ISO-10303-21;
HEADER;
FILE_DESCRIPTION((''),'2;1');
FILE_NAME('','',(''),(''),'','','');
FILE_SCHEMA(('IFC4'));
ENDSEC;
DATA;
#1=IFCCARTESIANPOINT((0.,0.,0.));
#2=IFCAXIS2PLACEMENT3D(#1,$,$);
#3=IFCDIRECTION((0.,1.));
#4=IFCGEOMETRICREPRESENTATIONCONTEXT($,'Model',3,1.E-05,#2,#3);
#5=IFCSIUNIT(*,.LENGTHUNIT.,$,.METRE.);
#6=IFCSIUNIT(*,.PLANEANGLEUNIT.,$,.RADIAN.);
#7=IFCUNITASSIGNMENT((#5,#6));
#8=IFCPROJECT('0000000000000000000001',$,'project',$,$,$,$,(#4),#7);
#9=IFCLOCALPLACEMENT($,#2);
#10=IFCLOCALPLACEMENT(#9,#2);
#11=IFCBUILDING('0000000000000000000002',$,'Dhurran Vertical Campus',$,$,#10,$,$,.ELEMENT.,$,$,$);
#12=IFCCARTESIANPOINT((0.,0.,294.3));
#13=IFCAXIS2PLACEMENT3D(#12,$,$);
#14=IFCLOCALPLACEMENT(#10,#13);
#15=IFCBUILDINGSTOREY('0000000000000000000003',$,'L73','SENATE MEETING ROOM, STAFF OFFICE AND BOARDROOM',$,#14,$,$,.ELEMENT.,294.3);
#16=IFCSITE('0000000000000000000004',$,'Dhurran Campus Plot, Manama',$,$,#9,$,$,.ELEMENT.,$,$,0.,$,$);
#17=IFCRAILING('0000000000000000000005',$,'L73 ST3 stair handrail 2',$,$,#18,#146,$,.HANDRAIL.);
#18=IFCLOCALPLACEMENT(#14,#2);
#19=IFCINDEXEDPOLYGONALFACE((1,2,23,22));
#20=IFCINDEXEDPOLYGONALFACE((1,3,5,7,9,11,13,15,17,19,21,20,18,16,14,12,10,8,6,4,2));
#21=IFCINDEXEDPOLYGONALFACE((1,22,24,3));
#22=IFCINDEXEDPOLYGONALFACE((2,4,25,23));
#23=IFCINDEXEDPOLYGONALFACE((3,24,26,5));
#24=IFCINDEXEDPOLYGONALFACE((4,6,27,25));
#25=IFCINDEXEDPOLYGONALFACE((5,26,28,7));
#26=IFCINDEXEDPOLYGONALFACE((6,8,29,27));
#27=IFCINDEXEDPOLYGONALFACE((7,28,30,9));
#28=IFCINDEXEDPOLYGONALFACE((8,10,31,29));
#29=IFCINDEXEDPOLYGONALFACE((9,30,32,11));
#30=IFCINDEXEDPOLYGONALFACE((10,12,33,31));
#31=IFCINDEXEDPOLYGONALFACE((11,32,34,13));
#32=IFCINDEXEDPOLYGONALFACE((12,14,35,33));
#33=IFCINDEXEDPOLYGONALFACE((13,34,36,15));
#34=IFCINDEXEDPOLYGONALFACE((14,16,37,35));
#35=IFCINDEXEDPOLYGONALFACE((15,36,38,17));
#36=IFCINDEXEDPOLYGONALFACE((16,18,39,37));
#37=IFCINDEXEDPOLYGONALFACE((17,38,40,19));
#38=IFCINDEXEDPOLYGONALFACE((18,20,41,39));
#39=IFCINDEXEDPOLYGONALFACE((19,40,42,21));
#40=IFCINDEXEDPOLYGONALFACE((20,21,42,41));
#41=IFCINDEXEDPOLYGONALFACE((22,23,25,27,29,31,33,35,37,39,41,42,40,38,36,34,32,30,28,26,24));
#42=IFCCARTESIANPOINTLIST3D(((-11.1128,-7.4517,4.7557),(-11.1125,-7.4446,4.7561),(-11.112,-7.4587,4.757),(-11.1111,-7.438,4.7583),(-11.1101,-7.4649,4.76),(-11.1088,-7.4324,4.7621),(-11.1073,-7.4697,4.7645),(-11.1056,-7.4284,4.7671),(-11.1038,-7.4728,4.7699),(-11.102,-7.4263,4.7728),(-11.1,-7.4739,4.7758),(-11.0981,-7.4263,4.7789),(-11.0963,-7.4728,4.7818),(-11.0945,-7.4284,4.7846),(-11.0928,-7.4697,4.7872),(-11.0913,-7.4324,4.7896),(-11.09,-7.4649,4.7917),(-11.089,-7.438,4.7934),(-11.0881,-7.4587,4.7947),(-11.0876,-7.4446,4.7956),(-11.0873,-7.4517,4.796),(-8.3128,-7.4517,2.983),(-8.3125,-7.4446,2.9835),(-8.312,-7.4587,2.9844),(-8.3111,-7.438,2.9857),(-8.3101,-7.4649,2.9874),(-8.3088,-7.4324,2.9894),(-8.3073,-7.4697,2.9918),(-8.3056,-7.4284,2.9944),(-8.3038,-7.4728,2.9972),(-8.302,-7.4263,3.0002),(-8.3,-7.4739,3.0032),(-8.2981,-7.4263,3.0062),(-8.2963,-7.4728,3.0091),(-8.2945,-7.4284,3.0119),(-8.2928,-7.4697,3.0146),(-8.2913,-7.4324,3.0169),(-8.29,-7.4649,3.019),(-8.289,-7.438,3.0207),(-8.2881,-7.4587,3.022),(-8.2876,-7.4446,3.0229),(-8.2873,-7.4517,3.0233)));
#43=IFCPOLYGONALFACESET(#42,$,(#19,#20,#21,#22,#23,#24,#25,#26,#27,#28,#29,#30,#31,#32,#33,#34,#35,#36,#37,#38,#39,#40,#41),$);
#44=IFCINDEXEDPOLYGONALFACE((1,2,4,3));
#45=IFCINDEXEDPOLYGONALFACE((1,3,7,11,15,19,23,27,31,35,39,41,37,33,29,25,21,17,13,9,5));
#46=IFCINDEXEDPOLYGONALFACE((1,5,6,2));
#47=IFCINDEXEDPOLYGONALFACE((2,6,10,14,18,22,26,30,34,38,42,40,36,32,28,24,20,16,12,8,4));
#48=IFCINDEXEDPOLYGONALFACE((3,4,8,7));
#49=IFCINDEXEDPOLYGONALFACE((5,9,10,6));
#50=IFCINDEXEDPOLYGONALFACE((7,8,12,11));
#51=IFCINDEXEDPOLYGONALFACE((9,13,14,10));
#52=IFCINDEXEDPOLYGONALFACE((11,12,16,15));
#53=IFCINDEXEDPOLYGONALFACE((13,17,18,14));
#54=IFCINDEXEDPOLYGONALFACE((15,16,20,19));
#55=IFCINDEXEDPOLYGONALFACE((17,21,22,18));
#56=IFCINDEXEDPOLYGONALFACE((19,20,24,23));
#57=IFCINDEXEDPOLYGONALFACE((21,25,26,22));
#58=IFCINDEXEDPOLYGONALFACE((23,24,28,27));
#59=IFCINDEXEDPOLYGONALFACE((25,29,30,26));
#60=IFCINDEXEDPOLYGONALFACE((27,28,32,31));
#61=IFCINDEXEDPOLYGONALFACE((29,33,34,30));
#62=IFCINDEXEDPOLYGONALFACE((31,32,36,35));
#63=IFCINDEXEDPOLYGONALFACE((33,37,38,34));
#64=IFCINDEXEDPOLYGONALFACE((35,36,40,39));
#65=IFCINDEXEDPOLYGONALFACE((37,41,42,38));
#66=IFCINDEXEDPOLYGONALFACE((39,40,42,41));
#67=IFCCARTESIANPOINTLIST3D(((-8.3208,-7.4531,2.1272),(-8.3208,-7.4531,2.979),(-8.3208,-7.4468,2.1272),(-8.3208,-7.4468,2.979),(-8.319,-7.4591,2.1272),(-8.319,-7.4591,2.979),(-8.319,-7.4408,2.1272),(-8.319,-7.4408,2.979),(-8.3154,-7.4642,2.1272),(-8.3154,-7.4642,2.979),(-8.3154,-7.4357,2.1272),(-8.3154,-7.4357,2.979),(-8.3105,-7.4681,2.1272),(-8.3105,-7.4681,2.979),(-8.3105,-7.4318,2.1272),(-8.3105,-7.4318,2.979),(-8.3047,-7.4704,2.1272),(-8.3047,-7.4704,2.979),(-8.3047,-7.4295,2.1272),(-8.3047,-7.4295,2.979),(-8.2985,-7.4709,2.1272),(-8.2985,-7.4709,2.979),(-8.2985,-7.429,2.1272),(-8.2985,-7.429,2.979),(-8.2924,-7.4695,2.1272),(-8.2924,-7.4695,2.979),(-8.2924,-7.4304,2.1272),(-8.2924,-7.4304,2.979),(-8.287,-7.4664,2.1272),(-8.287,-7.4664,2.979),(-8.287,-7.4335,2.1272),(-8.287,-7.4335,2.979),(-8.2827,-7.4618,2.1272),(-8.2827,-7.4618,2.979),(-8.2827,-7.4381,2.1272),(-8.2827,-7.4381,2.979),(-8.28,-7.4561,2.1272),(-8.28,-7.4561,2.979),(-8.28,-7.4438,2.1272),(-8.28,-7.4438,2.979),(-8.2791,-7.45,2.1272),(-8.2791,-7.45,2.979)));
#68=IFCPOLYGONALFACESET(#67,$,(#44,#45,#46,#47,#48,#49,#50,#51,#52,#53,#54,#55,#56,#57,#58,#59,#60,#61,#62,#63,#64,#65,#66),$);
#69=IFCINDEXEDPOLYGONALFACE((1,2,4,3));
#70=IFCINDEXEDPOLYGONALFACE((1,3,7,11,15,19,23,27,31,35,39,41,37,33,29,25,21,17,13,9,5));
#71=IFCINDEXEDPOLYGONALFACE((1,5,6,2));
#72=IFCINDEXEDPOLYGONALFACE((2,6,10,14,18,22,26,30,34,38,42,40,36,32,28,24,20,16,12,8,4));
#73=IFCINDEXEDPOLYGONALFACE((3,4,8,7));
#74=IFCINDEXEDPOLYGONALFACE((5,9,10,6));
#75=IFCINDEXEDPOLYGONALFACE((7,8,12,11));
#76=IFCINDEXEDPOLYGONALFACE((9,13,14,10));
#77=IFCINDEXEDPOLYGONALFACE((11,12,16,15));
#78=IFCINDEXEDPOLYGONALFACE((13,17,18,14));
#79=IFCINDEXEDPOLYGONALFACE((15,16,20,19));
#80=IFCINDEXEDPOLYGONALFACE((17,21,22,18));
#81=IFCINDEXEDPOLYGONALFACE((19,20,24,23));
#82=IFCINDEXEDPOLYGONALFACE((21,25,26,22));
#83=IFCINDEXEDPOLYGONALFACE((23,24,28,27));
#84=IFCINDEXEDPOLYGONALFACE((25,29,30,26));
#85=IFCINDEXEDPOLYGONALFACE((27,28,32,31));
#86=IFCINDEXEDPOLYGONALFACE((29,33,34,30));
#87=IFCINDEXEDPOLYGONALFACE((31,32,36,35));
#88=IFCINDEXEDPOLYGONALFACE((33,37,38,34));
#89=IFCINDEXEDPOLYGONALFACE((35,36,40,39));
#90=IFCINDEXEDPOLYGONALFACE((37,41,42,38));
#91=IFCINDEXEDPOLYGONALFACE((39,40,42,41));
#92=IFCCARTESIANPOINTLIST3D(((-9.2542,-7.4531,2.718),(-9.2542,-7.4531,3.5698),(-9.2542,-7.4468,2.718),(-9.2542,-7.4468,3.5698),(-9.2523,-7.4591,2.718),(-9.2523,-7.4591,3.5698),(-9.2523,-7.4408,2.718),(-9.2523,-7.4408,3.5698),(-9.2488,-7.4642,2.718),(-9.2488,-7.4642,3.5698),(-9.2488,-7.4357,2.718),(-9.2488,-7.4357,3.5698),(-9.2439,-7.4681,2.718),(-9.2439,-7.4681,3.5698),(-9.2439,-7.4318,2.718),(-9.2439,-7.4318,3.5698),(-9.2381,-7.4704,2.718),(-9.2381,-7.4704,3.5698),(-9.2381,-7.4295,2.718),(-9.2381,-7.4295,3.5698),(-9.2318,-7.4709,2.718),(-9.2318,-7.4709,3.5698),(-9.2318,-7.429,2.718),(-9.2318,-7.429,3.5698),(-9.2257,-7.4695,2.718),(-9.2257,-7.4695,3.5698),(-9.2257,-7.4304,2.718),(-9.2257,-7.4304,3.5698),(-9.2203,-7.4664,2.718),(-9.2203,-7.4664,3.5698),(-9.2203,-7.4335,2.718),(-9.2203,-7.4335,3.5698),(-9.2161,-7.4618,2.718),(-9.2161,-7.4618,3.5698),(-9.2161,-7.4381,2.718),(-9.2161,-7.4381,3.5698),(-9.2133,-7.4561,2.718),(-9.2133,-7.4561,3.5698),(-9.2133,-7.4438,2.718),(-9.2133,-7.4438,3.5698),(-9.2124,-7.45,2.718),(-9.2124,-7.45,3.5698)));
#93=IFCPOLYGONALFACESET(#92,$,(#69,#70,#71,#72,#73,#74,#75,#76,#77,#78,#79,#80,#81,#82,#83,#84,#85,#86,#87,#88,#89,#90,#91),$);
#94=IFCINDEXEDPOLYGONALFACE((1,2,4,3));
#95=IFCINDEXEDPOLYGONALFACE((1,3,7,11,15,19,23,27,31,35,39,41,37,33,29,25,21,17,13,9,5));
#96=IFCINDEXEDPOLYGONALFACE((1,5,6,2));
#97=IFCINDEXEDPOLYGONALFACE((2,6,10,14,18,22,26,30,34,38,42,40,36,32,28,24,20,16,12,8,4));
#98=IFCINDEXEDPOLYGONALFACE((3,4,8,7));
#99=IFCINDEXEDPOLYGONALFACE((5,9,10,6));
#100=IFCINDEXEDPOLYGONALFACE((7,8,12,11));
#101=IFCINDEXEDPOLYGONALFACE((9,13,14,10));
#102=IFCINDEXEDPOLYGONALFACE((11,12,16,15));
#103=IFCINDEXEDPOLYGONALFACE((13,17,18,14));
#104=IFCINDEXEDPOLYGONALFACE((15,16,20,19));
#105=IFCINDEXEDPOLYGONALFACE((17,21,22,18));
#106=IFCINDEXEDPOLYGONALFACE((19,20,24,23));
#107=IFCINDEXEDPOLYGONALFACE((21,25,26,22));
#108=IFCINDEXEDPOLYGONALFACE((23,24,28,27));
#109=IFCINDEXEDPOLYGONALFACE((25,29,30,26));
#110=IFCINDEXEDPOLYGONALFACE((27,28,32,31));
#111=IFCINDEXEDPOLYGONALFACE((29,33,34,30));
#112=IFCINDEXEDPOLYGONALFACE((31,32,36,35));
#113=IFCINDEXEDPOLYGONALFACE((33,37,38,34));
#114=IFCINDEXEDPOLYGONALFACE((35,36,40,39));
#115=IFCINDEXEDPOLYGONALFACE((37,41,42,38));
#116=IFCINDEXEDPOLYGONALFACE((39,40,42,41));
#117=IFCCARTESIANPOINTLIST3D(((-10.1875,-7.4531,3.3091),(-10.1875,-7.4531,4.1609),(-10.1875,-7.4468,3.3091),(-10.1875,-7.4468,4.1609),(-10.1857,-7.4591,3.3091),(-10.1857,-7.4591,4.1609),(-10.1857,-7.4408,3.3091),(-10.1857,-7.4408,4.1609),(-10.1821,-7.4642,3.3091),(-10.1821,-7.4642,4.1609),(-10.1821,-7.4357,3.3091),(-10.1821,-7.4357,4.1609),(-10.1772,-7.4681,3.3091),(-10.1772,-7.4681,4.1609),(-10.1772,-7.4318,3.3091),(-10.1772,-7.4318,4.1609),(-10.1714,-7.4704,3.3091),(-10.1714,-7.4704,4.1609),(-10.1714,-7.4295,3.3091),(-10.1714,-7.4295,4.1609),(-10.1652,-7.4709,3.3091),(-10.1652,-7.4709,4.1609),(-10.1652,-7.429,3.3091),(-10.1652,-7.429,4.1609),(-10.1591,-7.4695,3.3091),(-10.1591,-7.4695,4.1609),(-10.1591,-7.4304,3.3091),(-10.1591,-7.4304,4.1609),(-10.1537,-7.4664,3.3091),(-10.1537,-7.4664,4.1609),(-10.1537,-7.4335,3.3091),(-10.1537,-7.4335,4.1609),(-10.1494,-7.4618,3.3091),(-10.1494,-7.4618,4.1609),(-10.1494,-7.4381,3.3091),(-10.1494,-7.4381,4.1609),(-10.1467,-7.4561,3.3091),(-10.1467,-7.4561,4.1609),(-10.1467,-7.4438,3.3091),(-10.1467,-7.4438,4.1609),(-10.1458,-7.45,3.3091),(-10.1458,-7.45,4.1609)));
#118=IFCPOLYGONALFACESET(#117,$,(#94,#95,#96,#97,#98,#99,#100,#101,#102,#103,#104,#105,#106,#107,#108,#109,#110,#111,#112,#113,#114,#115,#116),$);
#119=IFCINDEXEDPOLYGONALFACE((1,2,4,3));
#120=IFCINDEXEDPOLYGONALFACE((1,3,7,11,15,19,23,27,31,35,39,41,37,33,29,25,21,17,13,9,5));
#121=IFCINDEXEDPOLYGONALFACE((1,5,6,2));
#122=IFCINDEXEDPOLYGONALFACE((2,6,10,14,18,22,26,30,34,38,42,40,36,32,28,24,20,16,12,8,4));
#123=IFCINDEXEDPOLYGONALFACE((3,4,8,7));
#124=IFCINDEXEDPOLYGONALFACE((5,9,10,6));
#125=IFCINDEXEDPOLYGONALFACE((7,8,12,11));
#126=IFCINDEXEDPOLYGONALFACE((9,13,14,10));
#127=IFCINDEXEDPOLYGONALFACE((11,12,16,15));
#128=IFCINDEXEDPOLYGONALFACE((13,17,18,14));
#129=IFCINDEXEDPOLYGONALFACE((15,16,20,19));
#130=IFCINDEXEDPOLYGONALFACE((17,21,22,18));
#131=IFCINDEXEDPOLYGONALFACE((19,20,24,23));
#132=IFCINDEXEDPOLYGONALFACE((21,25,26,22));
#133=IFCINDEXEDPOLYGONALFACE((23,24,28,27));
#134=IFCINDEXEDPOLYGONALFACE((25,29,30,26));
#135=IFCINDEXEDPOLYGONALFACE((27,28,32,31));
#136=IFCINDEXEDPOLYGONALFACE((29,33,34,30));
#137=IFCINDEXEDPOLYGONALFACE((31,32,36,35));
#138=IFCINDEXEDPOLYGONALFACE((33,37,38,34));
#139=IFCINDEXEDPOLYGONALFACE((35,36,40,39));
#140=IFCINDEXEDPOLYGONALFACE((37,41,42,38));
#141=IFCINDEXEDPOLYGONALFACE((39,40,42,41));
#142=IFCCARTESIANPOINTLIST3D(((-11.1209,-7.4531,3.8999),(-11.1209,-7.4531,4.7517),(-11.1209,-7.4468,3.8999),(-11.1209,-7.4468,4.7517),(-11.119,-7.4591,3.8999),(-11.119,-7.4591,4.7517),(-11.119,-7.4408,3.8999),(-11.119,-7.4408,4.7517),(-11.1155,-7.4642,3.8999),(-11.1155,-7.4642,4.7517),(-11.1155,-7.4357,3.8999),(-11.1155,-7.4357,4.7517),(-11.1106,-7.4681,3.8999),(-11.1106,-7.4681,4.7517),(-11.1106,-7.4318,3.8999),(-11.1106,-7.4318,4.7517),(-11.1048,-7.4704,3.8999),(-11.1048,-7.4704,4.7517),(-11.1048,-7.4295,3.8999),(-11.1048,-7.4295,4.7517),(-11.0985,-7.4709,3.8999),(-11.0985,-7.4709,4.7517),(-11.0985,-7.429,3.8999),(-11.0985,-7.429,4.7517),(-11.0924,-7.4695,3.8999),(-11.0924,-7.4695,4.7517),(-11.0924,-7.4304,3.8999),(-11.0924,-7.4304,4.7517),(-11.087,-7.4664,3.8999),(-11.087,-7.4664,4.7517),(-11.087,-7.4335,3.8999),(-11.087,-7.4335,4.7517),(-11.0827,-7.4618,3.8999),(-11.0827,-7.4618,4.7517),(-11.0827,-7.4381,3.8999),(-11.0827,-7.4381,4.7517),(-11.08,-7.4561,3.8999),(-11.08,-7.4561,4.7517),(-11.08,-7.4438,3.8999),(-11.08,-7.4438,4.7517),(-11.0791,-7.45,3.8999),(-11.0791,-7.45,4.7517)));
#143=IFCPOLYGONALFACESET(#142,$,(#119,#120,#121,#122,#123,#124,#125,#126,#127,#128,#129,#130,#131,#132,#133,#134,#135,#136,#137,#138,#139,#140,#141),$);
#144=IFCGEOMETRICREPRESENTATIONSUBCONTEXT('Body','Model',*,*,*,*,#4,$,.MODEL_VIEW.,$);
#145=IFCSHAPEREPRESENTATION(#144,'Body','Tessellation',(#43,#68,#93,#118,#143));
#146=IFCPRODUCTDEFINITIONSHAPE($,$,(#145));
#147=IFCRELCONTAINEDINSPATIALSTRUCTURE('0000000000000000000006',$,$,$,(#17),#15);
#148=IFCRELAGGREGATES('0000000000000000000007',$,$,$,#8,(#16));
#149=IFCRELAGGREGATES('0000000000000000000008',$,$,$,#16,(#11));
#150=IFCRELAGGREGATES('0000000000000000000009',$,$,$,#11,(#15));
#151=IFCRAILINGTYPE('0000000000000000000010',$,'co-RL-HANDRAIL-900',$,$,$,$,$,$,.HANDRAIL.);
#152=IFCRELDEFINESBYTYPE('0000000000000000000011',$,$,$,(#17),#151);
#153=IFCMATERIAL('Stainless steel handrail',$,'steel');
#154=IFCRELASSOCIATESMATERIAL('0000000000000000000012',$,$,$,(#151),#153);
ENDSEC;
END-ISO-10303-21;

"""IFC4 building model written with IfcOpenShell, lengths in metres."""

from ifc_helpers import new_model, si_unit, direction, frame, origin, origin_2d, place, context, subcontext, project, spatial, circle, extrude, material, type_object, element, save


model = new_model("IFC4")

# Units and contexts
model_context = context("Model", 3, precision=1e-05, world=origin(), true_north=direction((0.0, 1.0)))
body_context = subcontext(model_context, "Body", "Model", "MODEL_VIEW")
ifc_project = project(units=[si_unit("LENGTHUNIT", "METRE"), si_unit("PLANEANGLEUNIT", "RADIAN")], contexts=[model_context])

# Site, building, storey
site_placement = place(None, origin())
site = spatial("IfcSite", under=ifc_project, at=site_placement, Name="Dhurran Campus Plot, Manama", CompositionType="ELEMENT", RefElevation=0.0)
building_placement = place(site_placement, origin())
building = spatial("IfcBuilding", under=site, at=building_placement, Name="Dhurran Vertical Campus", CompositionType="ELEMENT")
storey_placement = place(building_placement, frame((0.0, 0.0, 294.3)))
storey = spatial("IfcBuildingStorey", under=building, at=storey_placement, Name="L73", Description="SENATE MEETING ROOM, STAFF OFFICE AND BOARDROOM", CompositionType="ELEMENT", Elevation=294.3)

# Railing
ifc_material_1 = material(Name="Stainless steel handrail", Category="steel")
railing_type_1 = type_object("IfcRailingType", Name="co-RL-HANDRAIL-900", PredefinedType="HANDRAIL", material=ifc_material_1)
railing_1_placement = place(storey_placement, frame((-8.3, -7.45, 2.1272)))
element("IfcRailing", 1, at=railing_1_placement, inside=storey, type_object=railing_type_1, Name="L73 ST3 stair handrail 2", PredefinedType="HANDRAIL", context=body_context, shape_type="SweptSolid", body=[
    extrude(circle(Radius=0.0239, at=origin_2d()), frame((0.0, 0.0, 0.876), z_axis=(-0.844909, 0.0, 0.53491), x_axis=(0.0, -1.0, 0.0)), (0.0, 0.0, 1.0), 3.314),
    extrude(circle(Radius=0.021, at=origin_2d()), origin(), (0.0, 0.0, 1.0), 0.8518),
    extrude(circle(Radius=0.021, at=origin_2d()), frame((-0.9333, 0.0, 0.5908)), (0.0, 0.0, 1.0), 0.8518),
    extrude(circle(Radius=0.021, at=origin_2d()), frame((-1.8667, 0.0, 1.1819)), (0.0, 0.0, 1.0), 0.8518),
    extrude(circle(Radius=0.021, at=origin_2d()), frame((-2.8, 0.0, 1.7727)), (0.0, 0.0, 1.0), 0.8518),
])

save(model, "model.ifc")
